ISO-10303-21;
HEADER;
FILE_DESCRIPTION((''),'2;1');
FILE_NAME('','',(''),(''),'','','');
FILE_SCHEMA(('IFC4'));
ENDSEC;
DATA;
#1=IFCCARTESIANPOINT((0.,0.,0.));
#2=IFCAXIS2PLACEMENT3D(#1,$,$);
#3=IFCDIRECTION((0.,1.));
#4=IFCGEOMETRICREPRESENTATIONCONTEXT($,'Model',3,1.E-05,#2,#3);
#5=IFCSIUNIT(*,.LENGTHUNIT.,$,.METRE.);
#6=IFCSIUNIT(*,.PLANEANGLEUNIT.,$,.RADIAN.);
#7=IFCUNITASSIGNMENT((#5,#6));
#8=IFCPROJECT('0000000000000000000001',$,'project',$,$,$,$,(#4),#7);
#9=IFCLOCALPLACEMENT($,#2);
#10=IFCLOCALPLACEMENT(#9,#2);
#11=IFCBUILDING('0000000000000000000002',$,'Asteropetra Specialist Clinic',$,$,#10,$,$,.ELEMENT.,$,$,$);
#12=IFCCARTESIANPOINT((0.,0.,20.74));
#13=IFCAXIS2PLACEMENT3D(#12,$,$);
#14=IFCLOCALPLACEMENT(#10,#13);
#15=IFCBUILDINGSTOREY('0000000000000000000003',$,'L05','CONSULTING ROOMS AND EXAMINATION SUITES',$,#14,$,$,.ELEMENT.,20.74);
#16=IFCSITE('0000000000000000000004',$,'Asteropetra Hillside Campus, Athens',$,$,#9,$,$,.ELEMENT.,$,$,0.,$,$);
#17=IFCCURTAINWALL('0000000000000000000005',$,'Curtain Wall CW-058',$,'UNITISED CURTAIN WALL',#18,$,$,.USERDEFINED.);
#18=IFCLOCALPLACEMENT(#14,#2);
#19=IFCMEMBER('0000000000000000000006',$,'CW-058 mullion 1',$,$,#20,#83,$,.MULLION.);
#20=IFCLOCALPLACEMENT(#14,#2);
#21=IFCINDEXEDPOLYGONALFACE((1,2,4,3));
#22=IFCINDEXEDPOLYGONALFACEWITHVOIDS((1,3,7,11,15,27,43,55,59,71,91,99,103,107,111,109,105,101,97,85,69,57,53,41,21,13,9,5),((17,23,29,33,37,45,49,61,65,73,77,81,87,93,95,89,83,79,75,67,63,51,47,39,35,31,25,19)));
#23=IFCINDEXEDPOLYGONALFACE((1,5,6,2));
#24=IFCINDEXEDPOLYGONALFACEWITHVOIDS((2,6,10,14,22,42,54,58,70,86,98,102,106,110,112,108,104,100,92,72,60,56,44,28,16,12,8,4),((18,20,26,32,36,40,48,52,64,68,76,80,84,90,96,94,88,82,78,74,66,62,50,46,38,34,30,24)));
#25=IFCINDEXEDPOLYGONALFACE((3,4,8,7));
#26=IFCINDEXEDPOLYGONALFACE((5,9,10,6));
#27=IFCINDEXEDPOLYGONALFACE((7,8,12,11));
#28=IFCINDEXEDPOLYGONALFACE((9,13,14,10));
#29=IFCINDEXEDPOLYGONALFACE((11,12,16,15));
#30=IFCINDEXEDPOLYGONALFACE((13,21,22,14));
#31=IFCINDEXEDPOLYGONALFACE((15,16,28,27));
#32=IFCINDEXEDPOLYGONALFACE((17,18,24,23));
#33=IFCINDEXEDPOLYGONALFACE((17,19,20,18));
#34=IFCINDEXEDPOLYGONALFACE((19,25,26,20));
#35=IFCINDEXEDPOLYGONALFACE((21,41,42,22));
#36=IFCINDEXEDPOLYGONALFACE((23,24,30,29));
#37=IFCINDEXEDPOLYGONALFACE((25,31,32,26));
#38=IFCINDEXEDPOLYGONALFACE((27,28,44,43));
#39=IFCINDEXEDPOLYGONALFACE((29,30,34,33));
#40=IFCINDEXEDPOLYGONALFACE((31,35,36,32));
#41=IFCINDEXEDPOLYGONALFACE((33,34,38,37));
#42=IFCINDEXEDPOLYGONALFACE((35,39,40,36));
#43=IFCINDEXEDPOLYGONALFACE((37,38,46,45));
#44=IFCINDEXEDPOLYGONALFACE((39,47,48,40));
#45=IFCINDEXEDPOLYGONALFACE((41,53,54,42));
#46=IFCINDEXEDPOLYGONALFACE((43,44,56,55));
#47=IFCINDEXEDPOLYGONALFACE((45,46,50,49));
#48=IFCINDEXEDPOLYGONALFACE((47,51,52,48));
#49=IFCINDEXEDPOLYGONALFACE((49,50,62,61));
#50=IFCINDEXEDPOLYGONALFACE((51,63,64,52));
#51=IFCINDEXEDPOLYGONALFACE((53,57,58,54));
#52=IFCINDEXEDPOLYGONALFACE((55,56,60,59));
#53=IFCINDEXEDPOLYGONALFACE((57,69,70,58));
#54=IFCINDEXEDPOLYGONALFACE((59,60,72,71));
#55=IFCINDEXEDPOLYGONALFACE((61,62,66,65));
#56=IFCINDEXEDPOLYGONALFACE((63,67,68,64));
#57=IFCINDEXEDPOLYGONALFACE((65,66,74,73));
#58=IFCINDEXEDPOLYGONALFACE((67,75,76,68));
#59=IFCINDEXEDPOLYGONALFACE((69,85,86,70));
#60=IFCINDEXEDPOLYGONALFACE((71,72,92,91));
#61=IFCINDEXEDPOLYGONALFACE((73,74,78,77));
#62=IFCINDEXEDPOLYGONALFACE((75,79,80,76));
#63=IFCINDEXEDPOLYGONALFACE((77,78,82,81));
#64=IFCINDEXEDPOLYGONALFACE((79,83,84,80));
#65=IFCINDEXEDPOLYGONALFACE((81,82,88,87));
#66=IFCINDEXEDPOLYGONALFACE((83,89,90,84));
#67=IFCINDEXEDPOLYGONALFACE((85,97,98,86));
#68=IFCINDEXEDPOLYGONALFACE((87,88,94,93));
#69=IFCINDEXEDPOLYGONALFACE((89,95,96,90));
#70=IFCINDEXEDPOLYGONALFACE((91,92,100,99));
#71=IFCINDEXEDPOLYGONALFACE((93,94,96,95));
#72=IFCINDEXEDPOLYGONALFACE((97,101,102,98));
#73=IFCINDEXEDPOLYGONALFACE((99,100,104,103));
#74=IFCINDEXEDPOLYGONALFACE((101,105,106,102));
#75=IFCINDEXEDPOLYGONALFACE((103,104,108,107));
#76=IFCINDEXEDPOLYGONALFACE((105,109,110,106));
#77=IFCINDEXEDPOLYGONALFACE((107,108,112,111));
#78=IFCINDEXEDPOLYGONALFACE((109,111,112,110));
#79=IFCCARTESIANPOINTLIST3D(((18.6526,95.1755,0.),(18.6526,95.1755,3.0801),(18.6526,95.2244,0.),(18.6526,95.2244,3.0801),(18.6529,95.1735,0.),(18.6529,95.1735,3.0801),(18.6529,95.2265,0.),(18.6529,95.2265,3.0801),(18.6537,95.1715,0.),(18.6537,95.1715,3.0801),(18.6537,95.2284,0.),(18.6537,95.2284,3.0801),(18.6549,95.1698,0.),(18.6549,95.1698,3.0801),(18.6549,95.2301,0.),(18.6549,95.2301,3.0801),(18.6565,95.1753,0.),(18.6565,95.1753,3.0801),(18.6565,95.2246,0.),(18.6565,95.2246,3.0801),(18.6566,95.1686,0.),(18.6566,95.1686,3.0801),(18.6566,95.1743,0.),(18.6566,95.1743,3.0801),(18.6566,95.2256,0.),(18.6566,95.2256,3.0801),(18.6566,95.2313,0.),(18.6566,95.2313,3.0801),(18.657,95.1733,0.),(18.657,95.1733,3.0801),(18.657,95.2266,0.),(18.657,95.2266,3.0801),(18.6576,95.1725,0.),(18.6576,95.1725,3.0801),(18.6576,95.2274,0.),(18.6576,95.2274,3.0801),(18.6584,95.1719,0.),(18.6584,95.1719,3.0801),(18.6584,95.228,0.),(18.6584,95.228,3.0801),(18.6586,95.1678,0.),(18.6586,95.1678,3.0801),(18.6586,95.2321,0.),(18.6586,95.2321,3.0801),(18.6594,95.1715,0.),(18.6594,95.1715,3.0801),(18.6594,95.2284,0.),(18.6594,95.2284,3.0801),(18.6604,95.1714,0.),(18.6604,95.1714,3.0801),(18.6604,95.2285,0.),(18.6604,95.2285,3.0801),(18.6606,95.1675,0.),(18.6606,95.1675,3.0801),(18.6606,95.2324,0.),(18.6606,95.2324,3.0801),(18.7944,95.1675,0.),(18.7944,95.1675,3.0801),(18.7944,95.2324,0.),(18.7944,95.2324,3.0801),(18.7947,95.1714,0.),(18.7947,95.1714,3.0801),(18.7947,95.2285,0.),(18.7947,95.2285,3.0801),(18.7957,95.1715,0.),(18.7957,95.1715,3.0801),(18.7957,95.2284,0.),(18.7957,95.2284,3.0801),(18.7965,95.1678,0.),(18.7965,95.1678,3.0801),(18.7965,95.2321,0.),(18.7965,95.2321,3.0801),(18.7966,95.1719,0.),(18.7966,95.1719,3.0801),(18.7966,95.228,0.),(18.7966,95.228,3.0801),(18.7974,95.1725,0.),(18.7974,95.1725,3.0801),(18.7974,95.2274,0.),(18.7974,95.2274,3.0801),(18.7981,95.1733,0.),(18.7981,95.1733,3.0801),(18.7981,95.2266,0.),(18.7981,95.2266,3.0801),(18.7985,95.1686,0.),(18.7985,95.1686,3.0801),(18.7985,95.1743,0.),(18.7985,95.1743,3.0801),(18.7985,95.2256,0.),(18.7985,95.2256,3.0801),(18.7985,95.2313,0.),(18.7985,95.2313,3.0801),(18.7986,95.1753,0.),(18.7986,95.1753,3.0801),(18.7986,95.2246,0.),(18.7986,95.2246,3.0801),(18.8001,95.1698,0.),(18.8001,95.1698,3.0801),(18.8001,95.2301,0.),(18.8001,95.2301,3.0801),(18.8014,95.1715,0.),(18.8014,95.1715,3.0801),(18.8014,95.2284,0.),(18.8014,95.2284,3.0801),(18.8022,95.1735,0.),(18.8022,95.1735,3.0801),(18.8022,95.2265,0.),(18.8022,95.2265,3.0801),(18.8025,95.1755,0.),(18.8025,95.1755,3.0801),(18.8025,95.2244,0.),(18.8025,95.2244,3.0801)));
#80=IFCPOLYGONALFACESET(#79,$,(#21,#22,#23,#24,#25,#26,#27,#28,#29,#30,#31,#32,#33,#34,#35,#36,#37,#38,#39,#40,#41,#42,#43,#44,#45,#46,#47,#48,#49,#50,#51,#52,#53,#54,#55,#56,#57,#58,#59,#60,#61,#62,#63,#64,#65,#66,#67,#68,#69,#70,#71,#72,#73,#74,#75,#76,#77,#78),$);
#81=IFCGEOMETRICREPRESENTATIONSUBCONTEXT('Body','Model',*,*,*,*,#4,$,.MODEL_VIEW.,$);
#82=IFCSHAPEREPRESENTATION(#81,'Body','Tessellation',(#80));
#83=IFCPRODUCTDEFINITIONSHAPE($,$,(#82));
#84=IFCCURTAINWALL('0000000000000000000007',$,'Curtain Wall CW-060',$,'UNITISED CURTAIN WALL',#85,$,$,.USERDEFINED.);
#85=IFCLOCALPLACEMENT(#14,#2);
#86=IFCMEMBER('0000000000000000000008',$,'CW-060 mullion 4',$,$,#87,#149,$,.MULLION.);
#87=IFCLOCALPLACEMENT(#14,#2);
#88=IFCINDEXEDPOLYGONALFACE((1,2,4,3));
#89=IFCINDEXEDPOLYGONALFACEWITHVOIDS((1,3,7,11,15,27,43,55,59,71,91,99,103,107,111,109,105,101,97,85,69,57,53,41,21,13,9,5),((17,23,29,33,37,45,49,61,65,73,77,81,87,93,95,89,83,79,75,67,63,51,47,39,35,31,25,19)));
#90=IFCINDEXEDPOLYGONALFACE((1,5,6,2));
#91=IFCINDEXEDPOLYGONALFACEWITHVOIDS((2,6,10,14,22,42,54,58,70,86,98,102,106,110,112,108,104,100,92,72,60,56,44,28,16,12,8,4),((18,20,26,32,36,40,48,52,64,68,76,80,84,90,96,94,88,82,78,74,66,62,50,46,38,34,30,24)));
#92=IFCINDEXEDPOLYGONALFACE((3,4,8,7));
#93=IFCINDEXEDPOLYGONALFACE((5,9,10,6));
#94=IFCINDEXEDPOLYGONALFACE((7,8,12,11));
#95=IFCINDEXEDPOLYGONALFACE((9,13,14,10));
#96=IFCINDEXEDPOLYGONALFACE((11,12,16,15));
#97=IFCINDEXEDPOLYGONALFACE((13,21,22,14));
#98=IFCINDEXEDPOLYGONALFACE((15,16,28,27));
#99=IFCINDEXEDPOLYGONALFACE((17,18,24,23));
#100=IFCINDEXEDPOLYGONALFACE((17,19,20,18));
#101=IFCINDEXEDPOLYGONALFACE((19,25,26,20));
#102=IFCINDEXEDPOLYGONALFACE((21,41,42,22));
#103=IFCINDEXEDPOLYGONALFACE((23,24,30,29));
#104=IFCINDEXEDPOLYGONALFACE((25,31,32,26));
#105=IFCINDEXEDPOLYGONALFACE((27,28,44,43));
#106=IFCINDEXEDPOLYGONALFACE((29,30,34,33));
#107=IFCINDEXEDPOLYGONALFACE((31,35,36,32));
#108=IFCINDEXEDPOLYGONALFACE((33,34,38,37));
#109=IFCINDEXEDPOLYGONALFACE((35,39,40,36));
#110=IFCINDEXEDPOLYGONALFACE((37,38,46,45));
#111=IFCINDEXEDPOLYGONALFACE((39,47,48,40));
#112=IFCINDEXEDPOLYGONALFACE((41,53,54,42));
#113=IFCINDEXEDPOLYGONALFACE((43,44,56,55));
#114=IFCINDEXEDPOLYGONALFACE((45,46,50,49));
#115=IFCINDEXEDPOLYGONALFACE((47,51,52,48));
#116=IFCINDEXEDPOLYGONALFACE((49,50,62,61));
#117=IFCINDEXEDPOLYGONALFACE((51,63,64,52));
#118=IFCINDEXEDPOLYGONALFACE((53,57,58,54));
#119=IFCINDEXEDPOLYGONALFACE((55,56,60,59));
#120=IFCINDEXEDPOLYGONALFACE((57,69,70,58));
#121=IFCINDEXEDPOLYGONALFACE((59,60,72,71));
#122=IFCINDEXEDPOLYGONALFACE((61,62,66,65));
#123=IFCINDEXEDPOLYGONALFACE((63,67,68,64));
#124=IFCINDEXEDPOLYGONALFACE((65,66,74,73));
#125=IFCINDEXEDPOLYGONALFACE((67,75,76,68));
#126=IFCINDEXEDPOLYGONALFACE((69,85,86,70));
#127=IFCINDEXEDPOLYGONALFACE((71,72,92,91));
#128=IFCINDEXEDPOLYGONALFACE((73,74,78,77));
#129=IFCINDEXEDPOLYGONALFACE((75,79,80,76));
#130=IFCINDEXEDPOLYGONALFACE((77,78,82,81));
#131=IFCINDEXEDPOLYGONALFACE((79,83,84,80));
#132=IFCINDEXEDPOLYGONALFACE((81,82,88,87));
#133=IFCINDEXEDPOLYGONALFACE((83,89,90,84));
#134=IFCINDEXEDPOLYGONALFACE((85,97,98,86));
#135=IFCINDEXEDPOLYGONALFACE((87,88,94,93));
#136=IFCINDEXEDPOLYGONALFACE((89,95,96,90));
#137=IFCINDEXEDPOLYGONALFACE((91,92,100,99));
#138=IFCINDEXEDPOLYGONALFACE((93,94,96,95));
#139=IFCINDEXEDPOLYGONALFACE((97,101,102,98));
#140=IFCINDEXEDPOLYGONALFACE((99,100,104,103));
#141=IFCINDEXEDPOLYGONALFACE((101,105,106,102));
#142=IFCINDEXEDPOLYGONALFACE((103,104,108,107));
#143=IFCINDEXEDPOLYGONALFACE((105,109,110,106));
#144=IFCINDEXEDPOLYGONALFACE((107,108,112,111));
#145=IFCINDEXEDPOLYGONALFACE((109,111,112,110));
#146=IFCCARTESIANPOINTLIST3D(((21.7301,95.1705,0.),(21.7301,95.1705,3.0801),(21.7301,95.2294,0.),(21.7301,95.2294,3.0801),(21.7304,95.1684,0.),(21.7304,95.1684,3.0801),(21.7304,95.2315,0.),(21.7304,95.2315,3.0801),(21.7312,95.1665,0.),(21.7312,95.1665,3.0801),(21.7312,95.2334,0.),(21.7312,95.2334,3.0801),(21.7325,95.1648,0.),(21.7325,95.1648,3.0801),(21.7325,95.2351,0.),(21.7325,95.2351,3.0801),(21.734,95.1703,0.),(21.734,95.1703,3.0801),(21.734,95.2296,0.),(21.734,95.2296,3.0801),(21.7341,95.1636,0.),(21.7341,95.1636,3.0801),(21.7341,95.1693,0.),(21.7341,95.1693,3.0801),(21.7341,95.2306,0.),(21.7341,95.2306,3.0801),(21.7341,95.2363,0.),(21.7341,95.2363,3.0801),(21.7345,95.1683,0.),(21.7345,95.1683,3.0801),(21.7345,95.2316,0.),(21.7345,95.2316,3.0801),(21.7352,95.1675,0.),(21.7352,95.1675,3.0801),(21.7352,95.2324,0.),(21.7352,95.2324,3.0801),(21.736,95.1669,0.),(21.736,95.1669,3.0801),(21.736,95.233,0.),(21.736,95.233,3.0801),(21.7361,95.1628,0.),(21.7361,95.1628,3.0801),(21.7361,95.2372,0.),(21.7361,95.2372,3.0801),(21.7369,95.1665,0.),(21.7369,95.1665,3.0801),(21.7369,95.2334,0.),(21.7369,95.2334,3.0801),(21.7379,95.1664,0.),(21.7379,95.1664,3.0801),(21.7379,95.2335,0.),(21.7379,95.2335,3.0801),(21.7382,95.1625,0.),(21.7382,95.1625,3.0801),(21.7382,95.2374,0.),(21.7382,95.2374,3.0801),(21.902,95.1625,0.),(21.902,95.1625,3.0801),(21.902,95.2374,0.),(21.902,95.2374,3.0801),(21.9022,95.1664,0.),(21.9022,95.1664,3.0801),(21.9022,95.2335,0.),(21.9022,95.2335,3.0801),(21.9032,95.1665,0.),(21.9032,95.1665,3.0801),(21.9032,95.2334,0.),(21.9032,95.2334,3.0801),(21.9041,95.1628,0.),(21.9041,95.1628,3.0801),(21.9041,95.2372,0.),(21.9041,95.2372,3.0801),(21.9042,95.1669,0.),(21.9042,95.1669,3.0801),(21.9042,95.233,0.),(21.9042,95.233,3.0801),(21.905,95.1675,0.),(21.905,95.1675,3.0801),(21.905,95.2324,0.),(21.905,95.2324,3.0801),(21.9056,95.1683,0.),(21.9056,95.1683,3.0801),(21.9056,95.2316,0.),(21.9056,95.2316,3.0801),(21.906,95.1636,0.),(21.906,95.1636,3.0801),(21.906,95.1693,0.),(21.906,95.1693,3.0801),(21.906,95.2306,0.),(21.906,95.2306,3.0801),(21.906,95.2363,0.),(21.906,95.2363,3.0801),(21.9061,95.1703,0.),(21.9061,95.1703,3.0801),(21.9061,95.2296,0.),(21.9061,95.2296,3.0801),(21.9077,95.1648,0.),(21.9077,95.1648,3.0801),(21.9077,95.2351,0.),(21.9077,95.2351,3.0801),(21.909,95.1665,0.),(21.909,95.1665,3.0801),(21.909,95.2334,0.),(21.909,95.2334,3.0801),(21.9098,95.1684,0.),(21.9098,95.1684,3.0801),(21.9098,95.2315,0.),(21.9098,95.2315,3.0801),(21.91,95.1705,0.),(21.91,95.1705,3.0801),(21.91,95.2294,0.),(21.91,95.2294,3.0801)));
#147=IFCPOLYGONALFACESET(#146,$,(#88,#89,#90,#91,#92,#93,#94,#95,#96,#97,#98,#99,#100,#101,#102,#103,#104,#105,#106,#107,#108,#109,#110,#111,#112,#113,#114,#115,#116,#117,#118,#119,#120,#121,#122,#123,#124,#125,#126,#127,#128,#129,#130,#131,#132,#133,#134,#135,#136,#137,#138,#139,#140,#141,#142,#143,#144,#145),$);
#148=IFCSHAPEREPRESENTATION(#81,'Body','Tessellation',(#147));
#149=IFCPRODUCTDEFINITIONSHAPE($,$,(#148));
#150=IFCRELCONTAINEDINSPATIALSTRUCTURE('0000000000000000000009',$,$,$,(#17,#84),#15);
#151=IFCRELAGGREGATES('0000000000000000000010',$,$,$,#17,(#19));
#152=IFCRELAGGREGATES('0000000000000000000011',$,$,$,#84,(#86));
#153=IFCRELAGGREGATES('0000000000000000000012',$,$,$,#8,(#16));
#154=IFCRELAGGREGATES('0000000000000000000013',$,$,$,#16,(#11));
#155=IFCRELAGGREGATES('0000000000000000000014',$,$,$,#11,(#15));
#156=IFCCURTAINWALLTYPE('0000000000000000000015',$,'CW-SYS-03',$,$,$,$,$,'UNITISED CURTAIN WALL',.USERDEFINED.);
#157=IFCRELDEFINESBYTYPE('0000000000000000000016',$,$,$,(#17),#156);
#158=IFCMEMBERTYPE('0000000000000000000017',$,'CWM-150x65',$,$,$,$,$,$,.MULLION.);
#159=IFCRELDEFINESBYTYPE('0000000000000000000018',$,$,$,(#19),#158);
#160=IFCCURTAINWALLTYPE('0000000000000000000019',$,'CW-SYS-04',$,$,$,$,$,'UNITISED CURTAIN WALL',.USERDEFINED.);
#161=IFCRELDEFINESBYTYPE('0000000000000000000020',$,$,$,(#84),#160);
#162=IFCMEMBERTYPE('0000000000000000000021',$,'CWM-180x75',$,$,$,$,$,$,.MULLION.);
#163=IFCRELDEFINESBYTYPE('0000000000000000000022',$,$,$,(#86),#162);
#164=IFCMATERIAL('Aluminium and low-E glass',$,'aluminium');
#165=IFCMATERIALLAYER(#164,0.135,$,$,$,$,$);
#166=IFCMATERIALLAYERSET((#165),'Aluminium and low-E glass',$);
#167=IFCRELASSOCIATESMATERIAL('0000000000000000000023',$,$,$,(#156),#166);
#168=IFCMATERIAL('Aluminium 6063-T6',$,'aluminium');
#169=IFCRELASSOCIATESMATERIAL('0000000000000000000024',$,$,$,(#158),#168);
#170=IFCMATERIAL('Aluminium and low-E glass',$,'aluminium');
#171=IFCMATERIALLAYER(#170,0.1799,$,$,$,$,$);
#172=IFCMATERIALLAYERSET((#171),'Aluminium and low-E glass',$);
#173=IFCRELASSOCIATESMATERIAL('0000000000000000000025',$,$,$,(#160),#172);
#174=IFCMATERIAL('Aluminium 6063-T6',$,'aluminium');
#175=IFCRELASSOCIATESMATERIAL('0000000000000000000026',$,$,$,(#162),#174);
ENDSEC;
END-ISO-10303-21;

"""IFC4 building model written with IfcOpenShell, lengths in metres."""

from ifc_helpers import new_model, si_unit, direction, frame, origin, origin_2d, place, context, subcontext, project, spatial, hollow_rectangle, extrude, material, layer, layer_set, material_profile, profile_set, type_object, element, aggregate, save


model = new_model("IFC4")

# Units and contexts
model_context = context("Model", 3, precision=1e-05, world=origin(), true_north=direction((0.0, 1.0)))
body_context = subcontext(model_context, "Body", "Model", "MODEL_VIEW")
ifc_project = project(units=[si_unit("LENGTHUNIT", "METRE"), si_unit("PLANEANGLEUNIT", "RADIAN")], contexts=[model_context])

# Site, building, storey
site_placement = place(None, origin())
site = spatial("IfcSite", under=ifc_project, at=site_placement, Name="Asteropetra Hillside Campus, Athens", CompositionType="ELEMENT", RefElevation=0.0)
building_placement = place(site_placement, origin())
building = spatial("IfcBuilding", under=site, at=building_placement, Name="Asteropetra Specialist Clinic", CompositionType="ELEMENT")
storey_placement = place(building_placement, frame((0.0, 0.0, 20.74)))
storey = spatial("IfcBuildingStorey", under=building, at=storey_placement, Name="L05", Description="CONSULTING ROOMS AND EXAMINATION SUITES", CompositionType="ELEMENT", Elevation=20.74)

# Curtain wall, member
ifc_material_1 = material(Name="Aluminium and low-E glass", Category="aluminium")
ifc_layer_1 = layer(ifc_material_1, 0.135)
ifc_layer_set_1 = layer_set([ifc_layer_1], Name="Aluminium and low-E glass")
curtain_wall_type_1 = type_object("IfcCurtainWallType", Name="CW-SYS-03", ElementType="UNITISED CURTAIN WALL", PredefinedType="USERDEFINED", material=ifc_layer_set_1)
curtain_wall_1_placement = place(storey_placement, origin())
curtain_wall_1 = element("IfcCurtainWall", 1, at=curtain_wall_1_placement, inside=storey, type_object=curtain_wall_type_1, Name="Curtain Wall CW-058", ObjectType="UNITISED CURTAIN WALL", PredefinedType="USERDEFINED")
ifc_material_2 = material(Name="Aluminium 6063-T6", Category="aluminium")
ifc_material_profile_1 = material_profile(ifc_material_2, hollow_rectangle(XDim=0.0649, YDim=0.1499, WallThickness=0.0039, InnerFilletRadius=0.0039, OuterFilletRadius=0.0081, at=origin_2d()), Name="MUL 150x65x4.0")
ifc_profile_set_1 = profile_set([ifc_material_profile_1], Name="Aluminium 6063-T6")
member_type_1 = type_object("IfcMemberType", Name="CWM-150x65", PredefinedType="MULLION", material=ifc_profile_set_1)
member_1_placement = place(storey_placement, frame((18.7275, 95.2, 0.0), z_axis=(0.0, 0.0, 1.0), x_axis=(0.0, -1.0, 0.0)))
member_1 = element("IfcMember", 2, at=member_1_placement, type_object=member_type_1, Name="CW-058 mullion 1", PredefinedType="MULLION", context=body_context, shape_type="SweptSolid", body=[
    extrude(hollow_rectangle(XDim=0.0649, YDim=0.1499, WallThickness=0.0039, InnerFilletRadius=0.0039, OuterFilletRadius=0.0081, at=origin_2d()), origin(), (0.0, 0.0, 1.0), 3.0801),
])

# Curtain wall, member
ifc_material_3 = material(Name="Aluminium and low-E glass", Category="aluminium")
ifc_layer_2 = layer(ifc_material_3, 0.1799)
ifc_layer_set_2 = layer_set([ifc_layer_2], Name="Aluminium and low-E glass")
curtain_wall_type_2 = type_object("IfcCurtainWallType", Name="CW-SYS-04", ElementType="UNITISED CURTAIN WALL", PredefinedType="USERDEFINED", material=ifc_layer_set_2)
curtain_wall_2_placement = place(storey_placement, origin())
curtain_wall_2 = element("IfcCurtainWall", 3, at=curtain_wall_2_placement, inside=storey, type_object=curtain_wall_type_2, Name="Curtain Wall CW-060", ObjectType="UNITISED CURTAIN WALL", PredefinedType="USERDEFINED")
ifc_material_4 = material(Name="Aluminium 6063-T6", Category="aluminium")
ifc_material_profile_2 = material_profile(ifc_material_4, hollow_rectangle(XDim=0.075, YDim=0.1799, WallThickness=0.0039, InnerFilletRadius=0.0039, OuterFilletRadius=0.0081, at=origin_2d()), Name="MUL 180x75x4.0")
ifc_profile_set_2 = profile_set([ifc_material_profile_2], Name="Aluminium 6063-T6")
member_type_2 = type_object("IfcMemberType", Name="CWM-180x75", PredefinedType="MULLION", material=ifc_profile_set_2)
member_2_placement = place(storey_placement, frame((21.8201, 95.2, 0.0), z_axis=(0.0, 0.0, 1.0), x_axis=(0.0, -1.0, 0.0)))
member_2 = element("IfcMember", 4, at=member_2_placement, type_object=member_type_2, Name="CW-060 mullion 4", PredefinedType="MULLION", context=body_context, shape_type="SweptSolid", body=[
    extrude(hollow_rectangle(XDim=0.075, YDim=0.1799, WallThickness=0.0039, InnerFilletRadius=0.0039, OuterFilletRadius=0.0081, at=origin_2d()), origin(), (0.0, 0.0, 1.0), 3.0801),
])

aggregate(curtain_wall_1, [member_1])

aggregate(curtain_wall_2, [member_2])

save(model, "model.ifc")
